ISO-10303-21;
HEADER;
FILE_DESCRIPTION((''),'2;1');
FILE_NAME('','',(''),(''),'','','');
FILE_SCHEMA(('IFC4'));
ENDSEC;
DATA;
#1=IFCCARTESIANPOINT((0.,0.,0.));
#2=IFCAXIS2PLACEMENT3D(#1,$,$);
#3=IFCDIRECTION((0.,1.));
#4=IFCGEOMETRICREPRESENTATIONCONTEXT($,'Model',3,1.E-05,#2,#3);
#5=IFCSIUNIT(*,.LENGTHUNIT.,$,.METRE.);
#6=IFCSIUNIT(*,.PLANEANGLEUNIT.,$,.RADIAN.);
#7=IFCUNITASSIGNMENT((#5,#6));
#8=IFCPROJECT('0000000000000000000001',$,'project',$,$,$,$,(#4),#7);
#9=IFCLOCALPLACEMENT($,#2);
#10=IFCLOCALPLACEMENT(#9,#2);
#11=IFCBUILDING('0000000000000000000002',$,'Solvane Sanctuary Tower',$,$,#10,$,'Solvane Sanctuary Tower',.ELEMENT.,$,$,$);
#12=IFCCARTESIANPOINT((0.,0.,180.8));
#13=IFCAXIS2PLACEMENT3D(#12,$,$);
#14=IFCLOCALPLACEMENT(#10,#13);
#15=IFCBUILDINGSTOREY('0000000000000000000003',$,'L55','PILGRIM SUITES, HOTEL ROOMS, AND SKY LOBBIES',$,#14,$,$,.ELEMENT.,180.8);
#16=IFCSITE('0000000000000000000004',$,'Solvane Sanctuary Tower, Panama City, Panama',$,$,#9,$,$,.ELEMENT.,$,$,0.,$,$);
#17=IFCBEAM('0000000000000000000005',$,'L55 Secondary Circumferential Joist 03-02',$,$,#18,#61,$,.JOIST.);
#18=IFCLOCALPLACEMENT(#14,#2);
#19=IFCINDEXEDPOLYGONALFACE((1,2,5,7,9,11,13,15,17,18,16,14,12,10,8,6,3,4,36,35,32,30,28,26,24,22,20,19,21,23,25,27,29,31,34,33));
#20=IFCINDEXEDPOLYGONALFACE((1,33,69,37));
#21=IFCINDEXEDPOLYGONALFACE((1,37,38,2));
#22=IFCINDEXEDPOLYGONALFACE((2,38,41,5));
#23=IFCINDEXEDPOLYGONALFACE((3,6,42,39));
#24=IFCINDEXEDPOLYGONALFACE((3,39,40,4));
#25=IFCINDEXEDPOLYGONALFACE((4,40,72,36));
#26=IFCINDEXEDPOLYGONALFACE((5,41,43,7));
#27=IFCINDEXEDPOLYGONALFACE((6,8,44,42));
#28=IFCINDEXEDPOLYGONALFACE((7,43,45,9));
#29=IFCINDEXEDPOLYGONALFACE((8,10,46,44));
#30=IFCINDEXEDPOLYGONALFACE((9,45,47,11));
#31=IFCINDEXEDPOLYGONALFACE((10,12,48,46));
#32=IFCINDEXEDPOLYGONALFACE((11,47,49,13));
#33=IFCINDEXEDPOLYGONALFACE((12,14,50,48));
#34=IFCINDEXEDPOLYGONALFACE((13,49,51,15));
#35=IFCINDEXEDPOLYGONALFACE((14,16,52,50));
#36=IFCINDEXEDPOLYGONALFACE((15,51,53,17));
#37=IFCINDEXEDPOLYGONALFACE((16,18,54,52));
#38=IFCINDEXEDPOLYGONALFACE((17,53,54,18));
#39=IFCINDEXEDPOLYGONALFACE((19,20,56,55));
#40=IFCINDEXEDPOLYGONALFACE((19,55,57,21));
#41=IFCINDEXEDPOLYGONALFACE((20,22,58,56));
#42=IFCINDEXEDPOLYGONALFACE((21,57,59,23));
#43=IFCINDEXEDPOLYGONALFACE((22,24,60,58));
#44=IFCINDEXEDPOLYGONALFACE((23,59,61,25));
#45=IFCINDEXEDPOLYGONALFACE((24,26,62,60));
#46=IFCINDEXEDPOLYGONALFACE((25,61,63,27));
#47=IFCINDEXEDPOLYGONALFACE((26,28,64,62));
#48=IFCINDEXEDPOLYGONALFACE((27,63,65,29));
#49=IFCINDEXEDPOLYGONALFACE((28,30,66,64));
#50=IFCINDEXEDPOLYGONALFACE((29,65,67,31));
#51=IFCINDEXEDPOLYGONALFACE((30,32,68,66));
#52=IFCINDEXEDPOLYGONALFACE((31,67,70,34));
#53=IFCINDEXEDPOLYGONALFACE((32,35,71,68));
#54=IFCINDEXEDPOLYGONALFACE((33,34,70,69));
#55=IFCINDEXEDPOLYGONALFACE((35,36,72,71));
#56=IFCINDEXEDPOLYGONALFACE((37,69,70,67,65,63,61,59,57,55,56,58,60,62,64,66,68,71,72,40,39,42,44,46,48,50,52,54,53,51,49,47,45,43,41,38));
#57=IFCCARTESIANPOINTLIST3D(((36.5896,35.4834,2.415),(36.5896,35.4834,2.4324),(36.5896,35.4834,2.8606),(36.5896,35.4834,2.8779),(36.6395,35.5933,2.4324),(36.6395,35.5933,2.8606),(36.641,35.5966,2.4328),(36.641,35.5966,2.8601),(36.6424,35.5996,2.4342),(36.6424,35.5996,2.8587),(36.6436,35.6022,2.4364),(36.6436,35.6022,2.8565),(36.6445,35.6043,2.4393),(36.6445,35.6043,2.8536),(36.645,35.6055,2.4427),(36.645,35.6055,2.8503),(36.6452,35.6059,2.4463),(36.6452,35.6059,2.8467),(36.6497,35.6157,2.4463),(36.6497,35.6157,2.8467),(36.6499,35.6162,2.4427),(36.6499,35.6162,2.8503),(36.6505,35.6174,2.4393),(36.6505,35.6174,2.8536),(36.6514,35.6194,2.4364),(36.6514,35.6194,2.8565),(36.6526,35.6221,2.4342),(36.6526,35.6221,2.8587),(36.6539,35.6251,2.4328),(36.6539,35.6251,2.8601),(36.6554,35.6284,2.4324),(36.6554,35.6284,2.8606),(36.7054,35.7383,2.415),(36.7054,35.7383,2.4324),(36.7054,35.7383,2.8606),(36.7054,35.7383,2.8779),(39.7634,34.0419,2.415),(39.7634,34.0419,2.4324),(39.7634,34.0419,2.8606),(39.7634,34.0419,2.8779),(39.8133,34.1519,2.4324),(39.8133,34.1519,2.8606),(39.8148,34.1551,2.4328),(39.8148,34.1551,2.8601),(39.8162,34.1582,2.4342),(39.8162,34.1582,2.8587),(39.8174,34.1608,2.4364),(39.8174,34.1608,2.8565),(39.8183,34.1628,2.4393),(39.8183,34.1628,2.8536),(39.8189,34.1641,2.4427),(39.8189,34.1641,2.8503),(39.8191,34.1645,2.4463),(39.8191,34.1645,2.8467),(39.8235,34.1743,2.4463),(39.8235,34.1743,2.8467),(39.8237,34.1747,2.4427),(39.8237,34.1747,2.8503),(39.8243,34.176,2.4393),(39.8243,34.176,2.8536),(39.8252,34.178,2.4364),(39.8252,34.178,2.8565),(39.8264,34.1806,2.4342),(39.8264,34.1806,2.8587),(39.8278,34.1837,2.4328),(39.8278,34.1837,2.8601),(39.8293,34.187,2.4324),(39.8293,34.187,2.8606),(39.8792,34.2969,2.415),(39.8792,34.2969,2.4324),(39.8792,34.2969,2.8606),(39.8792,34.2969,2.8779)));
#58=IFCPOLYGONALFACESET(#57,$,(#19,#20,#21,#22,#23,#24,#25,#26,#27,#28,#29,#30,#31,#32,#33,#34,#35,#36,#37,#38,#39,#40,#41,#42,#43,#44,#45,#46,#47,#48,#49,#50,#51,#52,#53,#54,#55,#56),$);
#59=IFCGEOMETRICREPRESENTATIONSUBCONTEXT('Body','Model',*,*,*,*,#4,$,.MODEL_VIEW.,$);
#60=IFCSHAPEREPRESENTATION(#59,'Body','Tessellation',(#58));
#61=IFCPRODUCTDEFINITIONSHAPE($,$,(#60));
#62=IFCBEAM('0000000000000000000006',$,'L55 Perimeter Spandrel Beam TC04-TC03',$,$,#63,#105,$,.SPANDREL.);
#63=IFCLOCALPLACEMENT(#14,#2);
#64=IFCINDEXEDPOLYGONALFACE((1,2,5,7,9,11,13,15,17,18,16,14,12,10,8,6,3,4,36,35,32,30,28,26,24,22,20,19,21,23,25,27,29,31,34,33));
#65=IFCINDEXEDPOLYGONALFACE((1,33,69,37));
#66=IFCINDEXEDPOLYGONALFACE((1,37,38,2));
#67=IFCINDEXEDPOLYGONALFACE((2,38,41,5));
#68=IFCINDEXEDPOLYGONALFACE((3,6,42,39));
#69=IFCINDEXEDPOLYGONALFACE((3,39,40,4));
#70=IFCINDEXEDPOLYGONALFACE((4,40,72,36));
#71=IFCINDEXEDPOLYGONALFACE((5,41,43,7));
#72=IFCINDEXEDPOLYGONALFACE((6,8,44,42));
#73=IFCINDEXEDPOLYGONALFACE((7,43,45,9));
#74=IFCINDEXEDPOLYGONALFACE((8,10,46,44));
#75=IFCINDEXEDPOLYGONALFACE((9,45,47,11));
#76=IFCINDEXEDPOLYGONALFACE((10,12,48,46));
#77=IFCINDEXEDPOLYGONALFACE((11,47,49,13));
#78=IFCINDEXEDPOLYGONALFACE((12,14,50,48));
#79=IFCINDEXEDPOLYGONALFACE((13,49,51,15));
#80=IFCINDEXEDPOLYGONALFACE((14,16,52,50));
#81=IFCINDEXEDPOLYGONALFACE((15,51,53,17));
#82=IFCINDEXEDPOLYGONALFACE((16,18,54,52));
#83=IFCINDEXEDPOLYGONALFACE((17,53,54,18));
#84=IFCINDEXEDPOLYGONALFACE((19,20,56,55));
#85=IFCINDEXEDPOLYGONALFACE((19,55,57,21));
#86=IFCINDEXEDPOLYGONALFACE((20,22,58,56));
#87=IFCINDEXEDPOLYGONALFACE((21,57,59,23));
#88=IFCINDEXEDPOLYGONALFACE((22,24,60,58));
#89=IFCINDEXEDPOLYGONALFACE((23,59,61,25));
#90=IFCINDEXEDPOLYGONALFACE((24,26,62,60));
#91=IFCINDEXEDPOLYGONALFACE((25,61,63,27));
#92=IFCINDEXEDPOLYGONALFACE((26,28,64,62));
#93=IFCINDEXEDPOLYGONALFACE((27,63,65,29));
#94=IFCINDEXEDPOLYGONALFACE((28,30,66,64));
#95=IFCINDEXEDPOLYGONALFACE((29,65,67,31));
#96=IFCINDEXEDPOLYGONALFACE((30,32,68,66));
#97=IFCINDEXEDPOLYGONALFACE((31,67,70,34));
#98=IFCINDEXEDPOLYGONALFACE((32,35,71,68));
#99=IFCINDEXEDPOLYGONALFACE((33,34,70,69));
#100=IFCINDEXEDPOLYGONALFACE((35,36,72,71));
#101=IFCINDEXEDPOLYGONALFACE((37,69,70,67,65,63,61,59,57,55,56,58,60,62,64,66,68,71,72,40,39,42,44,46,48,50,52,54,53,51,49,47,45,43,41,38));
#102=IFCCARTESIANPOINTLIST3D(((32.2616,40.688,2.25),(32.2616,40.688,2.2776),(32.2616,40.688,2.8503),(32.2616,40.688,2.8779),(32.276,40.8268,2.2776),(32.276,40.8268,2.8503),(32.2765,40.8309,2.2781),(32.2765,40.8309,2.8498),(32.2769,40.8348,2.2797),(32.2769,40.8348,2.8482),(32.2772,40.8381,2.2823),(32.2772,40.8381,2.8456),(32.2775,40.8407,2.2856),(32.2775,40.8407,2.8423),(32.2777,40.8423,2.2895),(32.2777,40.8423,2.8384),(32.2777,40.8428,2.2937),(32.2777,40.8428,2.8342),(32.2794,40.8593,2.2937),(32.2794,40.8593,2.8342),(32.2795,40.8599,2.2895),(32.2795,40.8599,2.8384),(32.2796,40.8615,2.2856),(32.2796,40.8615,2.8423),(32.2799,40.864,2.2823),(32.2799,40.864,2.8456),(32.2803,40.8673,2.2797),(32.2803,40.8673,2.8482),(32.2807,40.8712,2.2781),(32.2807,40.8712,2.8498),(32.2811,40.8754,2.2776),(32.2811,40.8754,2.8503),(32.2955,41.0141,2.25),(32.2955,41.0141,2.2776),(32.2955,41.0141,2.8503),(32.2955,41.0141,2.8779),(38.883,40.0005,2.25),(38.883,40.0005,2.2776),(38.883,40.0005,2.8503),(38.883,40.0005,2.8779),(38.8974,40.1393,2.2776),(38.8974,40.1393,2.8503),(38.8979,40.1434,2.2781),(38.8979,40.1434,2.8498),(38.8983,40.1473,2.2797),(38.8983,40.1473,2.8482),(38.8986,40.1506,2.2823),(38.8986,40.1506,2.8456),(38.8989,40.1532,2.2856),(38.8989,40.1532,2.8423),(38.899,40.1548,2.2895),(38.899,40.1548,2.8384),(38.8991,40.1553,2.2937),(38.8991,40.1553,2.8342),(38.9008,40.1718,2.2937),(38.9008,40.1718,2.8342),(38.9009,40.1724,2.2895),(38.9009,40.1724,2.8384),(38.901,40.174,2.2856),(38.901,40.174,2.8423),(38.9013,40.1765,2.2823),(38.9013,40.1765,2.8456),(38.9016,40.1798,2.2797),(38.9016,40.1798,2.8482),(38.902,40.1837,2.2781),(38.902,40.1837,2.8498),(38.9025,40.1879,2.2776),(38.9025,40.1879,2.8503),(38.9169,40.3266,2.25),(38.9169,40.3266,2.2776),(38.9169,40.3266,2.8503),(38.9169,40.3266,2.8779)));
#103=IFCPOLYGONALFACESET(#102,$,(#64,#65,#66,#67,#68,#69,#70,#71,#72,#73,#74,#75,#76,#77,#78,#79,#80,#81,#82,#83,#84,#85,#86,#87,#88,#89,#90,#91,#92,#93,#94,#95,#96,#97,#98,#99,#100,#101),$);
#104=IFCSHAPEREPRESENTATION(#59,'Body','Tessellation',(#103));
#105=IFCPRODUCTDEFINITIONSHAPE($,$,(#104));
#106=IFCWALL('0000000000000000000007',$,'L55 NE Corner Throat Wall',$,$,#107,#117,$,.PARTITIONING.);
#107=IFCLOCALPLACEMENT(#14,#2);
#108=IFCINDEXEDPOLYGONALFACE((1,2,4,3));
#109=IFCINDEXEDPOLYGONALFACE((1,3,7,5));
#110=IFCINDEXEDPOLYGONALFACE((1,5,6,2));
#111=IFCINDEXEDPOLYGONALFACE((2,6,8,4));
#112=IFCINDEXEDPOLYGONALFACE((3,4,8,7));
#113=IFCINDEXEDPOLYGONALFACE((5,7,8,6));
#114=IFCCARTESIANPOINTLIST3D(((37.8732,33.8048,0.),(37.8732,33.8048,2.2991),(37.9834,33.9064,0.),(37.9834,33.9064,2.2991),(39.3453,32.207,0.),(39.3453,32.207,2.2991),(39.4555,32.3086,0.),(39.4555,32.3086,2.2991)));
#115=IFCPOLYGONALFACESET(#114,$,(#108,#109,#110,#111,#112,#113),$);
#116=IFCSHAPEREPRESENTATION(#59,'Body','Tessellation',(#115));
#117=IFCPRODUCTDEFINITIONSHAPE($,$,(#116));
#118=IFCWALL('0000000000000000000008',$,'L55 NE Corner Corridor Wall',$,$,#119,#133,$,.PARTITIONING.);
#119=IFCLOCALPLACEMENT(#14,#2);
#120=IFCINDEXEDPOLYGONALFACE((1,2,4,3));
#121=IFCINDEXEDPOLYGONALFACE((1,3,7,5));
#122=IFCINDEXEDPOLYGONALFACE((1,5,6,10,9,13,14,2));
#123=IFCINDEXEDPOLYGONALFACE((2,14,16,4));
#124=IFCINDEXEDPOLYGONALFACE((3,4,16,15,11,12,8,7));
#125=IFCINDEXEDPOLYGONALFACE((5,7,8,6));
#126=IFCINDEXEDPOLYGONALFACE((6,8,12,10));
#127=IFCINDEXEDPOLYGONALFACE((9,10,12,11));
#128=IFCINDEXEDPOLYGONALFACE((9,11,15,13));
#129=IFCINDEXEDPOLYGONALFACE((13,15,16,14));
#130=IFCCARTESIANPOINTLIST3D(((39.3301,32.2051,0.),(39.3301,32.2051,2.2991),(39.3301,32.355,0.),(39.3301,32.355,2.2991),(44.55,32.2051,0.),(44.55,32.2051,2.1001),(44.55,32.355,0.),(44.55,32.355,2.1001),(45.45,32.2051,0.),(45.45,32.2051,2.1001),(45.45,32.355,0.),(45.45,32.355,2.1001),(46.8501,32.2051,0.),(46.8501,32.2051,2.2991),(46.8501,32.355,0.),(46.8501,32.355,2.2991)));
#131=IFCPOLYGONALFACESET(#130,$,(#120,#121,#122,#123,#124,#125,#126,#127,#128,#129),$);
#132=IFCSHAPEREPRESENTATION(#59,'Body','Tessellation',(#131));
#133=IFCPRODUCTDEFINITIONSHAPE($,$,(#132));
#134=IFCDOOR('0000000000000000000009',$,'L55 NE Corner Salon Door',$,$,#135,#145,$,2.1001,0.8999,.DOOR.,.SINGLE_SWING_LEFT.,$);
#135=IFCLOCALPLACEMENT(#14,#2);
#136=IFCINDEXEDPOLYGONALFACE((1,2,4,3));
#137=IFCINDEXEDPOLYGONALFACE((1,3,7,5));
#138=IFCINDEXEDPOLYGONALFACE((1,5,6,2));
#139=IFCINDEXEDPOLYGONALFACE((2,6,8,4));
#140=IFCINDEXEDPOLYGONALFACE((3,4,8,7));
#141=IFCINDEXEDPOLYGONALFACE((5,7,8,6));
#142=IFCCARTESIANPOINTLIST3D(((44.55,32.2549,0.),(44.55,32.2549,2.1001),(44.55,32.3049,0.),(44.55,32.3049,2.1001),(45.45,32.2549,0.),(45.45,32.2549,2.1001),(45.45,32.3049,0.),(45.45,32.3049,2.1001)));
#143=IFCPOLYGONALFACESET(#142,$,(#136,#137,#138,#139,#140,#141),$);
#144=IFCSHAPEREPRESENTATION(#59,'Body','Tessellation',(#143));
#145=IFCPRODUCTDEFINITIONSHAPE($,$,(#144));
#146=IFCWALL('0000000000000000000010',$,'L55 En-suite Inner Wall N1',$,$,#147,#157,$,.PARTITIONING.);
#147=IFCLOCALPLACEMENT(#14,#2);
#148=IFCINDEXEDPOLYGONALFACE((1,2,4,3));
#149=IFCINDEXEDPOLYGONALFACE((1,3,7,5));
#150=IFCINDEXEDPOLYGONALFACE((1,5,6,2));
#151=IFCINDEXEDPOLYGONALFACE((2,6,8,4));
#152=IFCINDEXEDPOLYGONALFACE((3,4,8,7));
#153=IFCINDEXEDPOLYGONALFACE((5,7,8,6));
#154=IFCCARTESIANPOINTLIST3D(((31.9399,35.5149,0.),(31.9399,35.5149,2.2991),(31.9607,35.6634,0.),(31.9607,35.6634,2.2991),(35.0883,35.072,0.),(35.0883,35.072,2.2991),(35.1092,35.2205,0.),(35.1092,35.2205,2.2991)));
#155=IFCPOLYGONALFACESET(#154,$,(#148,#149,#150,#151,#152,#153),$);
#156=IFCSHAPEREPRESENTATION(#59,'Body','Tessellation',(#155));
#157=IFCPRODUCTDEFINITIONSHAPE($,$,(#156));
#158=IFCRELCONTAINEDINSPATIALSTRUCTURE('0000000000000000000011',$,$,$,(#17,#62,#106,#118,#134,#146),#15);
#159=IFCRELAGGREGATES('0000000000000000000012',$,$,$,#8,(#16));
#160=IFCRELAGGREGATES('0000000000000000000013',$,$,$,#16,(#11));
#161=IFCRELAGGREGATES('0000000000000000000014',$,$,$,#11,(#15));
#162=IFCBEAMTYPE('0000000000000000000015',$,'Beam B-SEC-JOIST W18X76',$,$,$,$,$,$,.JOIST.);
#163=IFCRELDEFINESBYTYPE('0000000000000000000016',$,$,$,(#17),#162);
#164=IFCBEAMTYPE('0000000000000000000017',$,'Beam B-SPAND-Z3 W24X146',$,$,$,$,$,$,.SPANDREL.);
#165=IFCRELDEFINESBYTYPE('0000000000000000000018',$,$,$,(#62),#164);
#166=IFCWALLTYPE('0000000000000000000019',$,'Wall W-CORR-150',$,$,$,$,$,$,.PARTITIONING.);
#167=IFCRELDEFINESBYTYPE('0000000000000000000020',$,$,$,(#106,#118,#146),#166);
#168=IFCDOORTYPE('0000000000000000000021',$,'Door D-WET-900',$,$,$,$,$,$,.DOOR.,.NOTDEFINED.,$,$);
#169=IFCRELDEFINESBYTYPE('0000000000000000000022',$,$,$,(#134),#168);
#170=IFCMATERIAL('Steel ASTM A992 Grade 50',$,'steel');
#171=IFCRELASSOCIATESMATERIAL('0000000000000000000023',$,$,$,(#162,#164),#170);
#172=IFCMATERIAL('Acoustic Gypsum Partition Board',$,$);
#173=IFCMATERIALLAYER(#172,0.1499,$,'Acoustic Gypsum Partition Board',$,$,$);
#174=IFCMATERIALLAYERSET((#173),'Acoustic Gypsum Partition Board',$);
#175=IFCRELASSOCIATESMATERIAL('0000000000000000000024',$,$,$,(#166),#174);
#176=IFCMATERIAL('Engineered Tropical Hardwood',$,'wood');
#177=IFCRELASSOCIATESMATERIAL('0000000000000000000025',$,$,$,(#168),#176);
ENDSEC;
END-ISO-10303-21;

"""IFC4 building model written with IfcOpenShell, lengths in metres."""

from ifc_helpers import new_model, si_unit, direction, frame, frame_2d, origin, origin_2d, place, context, subcontext, project, spatial, rectangle, i_section, extrude, material, layer, layer_set, material_profile, profile_set, type_object, element, fill, save


model = new_model("IFC4")

# Units and contexts
model_context = context("Model", 3, precision=1e-05, world=origin(), true_north=direction((0.0, 1.0)))
body_context = subcontext(model_context, "Body", "Model", "MODEL_VIEW")
ifc_project = project(units=[si_unit("LENGTHUNIT", "METRE"), si_unit("PLANEANGLEUNIT", "RADIAN")], contexts=[model_context])

# Site, building, storey
site_placement = place(None, origin())
site = spatial("IfcSite", under=ifc_project, at=site_placement, Name="Solvane Sanctuary Tower, Panama City, Panama", CompositionType="ELEMENT", RefElevation=0.0)
building_placement = place(site_placement, origin())
building = spatial("IfcBuilding", under=site, at=building_placement, Name="Solvane Sanctuary Tower", LongName="Solvane Sanctuary Tower", CompositionType="ELEMENT")
storey_placement = place(building_placement, frame((0.0, 0.0, 180.8)))
storey = spatial("IfcBuildingStorey", under=building, at=storey_placement, Name="L55", Description="PILGRIM SUITES, HOTEL ROOMS, AND SKY LOBBIES", CompositionType="ELEMENT", Elevation=180.8)

# Beams
ifc_material_1 = material(Name="Steel ASTM A992 Grade 50", Category="steel")
ifc_material_profile_1 = material_profile(ifc_material_1, i_section(OverallWidth=0.28, OverallDepth=0.4629, WebThickness=0.0107, FlangeThickness=0.0173, FilletRadius=0.0139, at=origin_2d()), Name="W18X76")
ifc_profile_set_1 = profile_set([ifc_material_profile_1], Name="Steel ASTM A992 Grade 50")
beam_type_1 = type_object("IfcBeamType", Name="Beam B-SEC-JOIST W18X76", PredefinedType="JOIST", material=ifc_profile_set_1)
beam_1_placement = place(storey_placement, frame((36.6475, 35.6108, 2.6465), z_axis=(0.910501, -0.413507, 0.0), x_axis=(0.413507, 0.910501, 0.0)))
element("IfcBeam", 1, at=beam_1_placement, inside=storey, type_object=beam_type_1, Name="L55 Secondary Circumferential Joist 03-02", PredefinedType="JOIST", context=body_context, shape_type="SweptSolid", body=[
    extrude(i_section(OverallWidth=0.28, OverallDepth=0.4629, WebThickness=0.0107, FlangeThickness=0.0173, FilletRadius=0.0139, at=origin_2d()), origin(), (0.0, 0.0, 1.0), 3.4858),
])
ifc_material_profile_2 = material_profile(ifc_material_1, i_section(OverallWidth=0.3279, OverallDepth=0.6279, WebThickness=0.0166, FlangeThickness=0.0276, FilletRadius=0.0161, at=origin_2d()), Name="W24X146")
ifc_profile_set_2 = profile_set([ifc_material_profile_2], Name="Steel ASTM A992 Grade 50")
beam_type_2 = type_object("IfcBeamType", Name="Beam B-SPAND-Z3 W24X146", PredefinedType="SPANDREL", material=ifc_profile_set_2)
beam_2_placement = place(storey_placement, frame((32.2786, 40.8511, 2.564), z_axis=(0.994653, -0.103276, 0.0), x_axis=(0.103276, 0.994653, 0.0)))
element("IfcBeam", 2, at=beam_2_placement, inside=storey, type_object=beam_type_2, Name="L55 Perimeter Spandrel Beam TC04-TC03", PredefinedType="SPANDREL", context=body_context, shape_type="SweptSolid", body=[
    extrude(i_section(OverallWidth=0.3279, OverallDepth=0.6279, WebThickness=0.0166, FlangeThickness=0.0276, FilletRadius=0.0161, at=origin_2d()), origin(), (0.0, 0.0, 1.0), 6.657),
])

# Wall
ifc_material_2 = material(Name="Acoustic Gypsum Partition Board")
ifc_layer_1 = layer(ifc_material_2, 0.1499, Name="Acoustic Gypsum Partition Board")
ifc_layer_set_1 = layer_set([ifc_layer_1], Name="Acoustic Gypsum Partition Board")
wall_type_1 = type_object("IfcWallType", Name="Wall W-CORR-150", PredefinedType="PARTITIONING", material=ifc_layer_set_1)
wall_1_placement = place(storey_placement, frame((37.9282, 33.8557, 0.0), z_axis=(0.0, 0.0, 1.0), x_axis=(0.67758, -0.735449, 0.0)))
element("IfcWall", 3, at=wall_1_placement, inside=storey, type_object=wall_type_1, Name="L55 NE Corner Throat Wall", PredefinedType="PARTITIONING", context=body_context, shape_type="SweptSolid", body=[
    extrude(rectangle(XDim=2.1726, YDim=0.1499, at=frame_2d((1.0864, 0.0))), origin(), (0.0, 0.0, 1.0), 2.2991),
])

# Wall, opening, door
wall_2_placement = place(storey_placement, frame((39.3301, 32.28, 0.0), z_axis=(0.0, 0.0, 1.0), x_axis=(1.0, 0.0, 0.0)))
wall_2 = element("IfcWall", 4, at=wall_2_placement, inside=storey, type_object=wall_type_1, Name="L55 NE Corner Corridor Wall", PredefinedType="PARTITIONING", context=body_context, shape_type="SweptSolid", body=[
    extrude(rectangle(XDim=7.52, YDim=0.1499, at=frame_2d((3.76, 0.0))), origin(), (0.0, 0.0, 1.0), 2.2991),
])
opening_1_placement = place(wall_2_placement, frame((5.22, 0.0, 0.0)))
opening_1 = element("IfcOpeningElement", 5, at=opening_1_placement, cuts=wall_2, PredefinedType="OPENING", context=body_context, shape_type="SweptSolid", body=[
    extrude(rectangle(XDim=0.8999, YDim=2.1001, at=frame_2d((0.45, 1.05))), frame((0.0, 0.085, 0.0), z_axis=(0.0, -1.0, 0.0), x_axis=(1.0, 0.0, 0.0)), (0.0, 0.0, 1.0), 0.1699),
])
ifc_material_3 = material(Name="Engineered Tropical Hardwood", Category="wood")
door_type_1 = type_object("IfcDoorType", Name="Door D-WET-900", OperationType="NOTDEFINED", PredefinedType="DOOR", material=ifc_material_3)
door_1_placement = place(opening_1_placement, origin())
door_1 = element("IfcDoor", 6, at=door_1_placement, inside=storey, type_object=door_type_1, Name="L55 NE Corner Salon Door", OperationType="SINGLE_SWING_LEFT", OverallHeight=2.1001, OverallWidth=0.8999, PredefinedType="DOOR", context=body_context, shape_type="SweptSolid", body=[
    extrude(rectangle(XDim=0.8999, YDim=2.1001, at=frame_2d((0.45, 1.05))), frame((0.0, 0.0249, 0.0), z_axis=(0.0, -1.0, 0.0), x_axis=(1.0, 0.0, 0.0)), (0.0, 0.0, 1.0), 0.05),
])
fill(opening_1, door_1)

# Wall
wall_3_placement = place(storey_placement, frame((35.0989, 35.1462, 0.0), z_axis=(0.0, 0.0, 1.0), x_axis=(-0.990251, 0.139292, 0.0)))
element("IfcWall", 7, at=wall_3_placement, inside=storey, type_object=wall_type_1, Name="L55 En-suite Inner Wall N1", PredefinedType="PARTITIONING", context=body_context, shape_type="SweptSolid", body=[
    extrude(rectangle(XDim=3.1794, YDim=0.1499, at=frame_2d((1.5898, 0.0))), origin(), (0.0, 0.0, 1.0), 2.2991),
])

save(model, "model.ifc")
